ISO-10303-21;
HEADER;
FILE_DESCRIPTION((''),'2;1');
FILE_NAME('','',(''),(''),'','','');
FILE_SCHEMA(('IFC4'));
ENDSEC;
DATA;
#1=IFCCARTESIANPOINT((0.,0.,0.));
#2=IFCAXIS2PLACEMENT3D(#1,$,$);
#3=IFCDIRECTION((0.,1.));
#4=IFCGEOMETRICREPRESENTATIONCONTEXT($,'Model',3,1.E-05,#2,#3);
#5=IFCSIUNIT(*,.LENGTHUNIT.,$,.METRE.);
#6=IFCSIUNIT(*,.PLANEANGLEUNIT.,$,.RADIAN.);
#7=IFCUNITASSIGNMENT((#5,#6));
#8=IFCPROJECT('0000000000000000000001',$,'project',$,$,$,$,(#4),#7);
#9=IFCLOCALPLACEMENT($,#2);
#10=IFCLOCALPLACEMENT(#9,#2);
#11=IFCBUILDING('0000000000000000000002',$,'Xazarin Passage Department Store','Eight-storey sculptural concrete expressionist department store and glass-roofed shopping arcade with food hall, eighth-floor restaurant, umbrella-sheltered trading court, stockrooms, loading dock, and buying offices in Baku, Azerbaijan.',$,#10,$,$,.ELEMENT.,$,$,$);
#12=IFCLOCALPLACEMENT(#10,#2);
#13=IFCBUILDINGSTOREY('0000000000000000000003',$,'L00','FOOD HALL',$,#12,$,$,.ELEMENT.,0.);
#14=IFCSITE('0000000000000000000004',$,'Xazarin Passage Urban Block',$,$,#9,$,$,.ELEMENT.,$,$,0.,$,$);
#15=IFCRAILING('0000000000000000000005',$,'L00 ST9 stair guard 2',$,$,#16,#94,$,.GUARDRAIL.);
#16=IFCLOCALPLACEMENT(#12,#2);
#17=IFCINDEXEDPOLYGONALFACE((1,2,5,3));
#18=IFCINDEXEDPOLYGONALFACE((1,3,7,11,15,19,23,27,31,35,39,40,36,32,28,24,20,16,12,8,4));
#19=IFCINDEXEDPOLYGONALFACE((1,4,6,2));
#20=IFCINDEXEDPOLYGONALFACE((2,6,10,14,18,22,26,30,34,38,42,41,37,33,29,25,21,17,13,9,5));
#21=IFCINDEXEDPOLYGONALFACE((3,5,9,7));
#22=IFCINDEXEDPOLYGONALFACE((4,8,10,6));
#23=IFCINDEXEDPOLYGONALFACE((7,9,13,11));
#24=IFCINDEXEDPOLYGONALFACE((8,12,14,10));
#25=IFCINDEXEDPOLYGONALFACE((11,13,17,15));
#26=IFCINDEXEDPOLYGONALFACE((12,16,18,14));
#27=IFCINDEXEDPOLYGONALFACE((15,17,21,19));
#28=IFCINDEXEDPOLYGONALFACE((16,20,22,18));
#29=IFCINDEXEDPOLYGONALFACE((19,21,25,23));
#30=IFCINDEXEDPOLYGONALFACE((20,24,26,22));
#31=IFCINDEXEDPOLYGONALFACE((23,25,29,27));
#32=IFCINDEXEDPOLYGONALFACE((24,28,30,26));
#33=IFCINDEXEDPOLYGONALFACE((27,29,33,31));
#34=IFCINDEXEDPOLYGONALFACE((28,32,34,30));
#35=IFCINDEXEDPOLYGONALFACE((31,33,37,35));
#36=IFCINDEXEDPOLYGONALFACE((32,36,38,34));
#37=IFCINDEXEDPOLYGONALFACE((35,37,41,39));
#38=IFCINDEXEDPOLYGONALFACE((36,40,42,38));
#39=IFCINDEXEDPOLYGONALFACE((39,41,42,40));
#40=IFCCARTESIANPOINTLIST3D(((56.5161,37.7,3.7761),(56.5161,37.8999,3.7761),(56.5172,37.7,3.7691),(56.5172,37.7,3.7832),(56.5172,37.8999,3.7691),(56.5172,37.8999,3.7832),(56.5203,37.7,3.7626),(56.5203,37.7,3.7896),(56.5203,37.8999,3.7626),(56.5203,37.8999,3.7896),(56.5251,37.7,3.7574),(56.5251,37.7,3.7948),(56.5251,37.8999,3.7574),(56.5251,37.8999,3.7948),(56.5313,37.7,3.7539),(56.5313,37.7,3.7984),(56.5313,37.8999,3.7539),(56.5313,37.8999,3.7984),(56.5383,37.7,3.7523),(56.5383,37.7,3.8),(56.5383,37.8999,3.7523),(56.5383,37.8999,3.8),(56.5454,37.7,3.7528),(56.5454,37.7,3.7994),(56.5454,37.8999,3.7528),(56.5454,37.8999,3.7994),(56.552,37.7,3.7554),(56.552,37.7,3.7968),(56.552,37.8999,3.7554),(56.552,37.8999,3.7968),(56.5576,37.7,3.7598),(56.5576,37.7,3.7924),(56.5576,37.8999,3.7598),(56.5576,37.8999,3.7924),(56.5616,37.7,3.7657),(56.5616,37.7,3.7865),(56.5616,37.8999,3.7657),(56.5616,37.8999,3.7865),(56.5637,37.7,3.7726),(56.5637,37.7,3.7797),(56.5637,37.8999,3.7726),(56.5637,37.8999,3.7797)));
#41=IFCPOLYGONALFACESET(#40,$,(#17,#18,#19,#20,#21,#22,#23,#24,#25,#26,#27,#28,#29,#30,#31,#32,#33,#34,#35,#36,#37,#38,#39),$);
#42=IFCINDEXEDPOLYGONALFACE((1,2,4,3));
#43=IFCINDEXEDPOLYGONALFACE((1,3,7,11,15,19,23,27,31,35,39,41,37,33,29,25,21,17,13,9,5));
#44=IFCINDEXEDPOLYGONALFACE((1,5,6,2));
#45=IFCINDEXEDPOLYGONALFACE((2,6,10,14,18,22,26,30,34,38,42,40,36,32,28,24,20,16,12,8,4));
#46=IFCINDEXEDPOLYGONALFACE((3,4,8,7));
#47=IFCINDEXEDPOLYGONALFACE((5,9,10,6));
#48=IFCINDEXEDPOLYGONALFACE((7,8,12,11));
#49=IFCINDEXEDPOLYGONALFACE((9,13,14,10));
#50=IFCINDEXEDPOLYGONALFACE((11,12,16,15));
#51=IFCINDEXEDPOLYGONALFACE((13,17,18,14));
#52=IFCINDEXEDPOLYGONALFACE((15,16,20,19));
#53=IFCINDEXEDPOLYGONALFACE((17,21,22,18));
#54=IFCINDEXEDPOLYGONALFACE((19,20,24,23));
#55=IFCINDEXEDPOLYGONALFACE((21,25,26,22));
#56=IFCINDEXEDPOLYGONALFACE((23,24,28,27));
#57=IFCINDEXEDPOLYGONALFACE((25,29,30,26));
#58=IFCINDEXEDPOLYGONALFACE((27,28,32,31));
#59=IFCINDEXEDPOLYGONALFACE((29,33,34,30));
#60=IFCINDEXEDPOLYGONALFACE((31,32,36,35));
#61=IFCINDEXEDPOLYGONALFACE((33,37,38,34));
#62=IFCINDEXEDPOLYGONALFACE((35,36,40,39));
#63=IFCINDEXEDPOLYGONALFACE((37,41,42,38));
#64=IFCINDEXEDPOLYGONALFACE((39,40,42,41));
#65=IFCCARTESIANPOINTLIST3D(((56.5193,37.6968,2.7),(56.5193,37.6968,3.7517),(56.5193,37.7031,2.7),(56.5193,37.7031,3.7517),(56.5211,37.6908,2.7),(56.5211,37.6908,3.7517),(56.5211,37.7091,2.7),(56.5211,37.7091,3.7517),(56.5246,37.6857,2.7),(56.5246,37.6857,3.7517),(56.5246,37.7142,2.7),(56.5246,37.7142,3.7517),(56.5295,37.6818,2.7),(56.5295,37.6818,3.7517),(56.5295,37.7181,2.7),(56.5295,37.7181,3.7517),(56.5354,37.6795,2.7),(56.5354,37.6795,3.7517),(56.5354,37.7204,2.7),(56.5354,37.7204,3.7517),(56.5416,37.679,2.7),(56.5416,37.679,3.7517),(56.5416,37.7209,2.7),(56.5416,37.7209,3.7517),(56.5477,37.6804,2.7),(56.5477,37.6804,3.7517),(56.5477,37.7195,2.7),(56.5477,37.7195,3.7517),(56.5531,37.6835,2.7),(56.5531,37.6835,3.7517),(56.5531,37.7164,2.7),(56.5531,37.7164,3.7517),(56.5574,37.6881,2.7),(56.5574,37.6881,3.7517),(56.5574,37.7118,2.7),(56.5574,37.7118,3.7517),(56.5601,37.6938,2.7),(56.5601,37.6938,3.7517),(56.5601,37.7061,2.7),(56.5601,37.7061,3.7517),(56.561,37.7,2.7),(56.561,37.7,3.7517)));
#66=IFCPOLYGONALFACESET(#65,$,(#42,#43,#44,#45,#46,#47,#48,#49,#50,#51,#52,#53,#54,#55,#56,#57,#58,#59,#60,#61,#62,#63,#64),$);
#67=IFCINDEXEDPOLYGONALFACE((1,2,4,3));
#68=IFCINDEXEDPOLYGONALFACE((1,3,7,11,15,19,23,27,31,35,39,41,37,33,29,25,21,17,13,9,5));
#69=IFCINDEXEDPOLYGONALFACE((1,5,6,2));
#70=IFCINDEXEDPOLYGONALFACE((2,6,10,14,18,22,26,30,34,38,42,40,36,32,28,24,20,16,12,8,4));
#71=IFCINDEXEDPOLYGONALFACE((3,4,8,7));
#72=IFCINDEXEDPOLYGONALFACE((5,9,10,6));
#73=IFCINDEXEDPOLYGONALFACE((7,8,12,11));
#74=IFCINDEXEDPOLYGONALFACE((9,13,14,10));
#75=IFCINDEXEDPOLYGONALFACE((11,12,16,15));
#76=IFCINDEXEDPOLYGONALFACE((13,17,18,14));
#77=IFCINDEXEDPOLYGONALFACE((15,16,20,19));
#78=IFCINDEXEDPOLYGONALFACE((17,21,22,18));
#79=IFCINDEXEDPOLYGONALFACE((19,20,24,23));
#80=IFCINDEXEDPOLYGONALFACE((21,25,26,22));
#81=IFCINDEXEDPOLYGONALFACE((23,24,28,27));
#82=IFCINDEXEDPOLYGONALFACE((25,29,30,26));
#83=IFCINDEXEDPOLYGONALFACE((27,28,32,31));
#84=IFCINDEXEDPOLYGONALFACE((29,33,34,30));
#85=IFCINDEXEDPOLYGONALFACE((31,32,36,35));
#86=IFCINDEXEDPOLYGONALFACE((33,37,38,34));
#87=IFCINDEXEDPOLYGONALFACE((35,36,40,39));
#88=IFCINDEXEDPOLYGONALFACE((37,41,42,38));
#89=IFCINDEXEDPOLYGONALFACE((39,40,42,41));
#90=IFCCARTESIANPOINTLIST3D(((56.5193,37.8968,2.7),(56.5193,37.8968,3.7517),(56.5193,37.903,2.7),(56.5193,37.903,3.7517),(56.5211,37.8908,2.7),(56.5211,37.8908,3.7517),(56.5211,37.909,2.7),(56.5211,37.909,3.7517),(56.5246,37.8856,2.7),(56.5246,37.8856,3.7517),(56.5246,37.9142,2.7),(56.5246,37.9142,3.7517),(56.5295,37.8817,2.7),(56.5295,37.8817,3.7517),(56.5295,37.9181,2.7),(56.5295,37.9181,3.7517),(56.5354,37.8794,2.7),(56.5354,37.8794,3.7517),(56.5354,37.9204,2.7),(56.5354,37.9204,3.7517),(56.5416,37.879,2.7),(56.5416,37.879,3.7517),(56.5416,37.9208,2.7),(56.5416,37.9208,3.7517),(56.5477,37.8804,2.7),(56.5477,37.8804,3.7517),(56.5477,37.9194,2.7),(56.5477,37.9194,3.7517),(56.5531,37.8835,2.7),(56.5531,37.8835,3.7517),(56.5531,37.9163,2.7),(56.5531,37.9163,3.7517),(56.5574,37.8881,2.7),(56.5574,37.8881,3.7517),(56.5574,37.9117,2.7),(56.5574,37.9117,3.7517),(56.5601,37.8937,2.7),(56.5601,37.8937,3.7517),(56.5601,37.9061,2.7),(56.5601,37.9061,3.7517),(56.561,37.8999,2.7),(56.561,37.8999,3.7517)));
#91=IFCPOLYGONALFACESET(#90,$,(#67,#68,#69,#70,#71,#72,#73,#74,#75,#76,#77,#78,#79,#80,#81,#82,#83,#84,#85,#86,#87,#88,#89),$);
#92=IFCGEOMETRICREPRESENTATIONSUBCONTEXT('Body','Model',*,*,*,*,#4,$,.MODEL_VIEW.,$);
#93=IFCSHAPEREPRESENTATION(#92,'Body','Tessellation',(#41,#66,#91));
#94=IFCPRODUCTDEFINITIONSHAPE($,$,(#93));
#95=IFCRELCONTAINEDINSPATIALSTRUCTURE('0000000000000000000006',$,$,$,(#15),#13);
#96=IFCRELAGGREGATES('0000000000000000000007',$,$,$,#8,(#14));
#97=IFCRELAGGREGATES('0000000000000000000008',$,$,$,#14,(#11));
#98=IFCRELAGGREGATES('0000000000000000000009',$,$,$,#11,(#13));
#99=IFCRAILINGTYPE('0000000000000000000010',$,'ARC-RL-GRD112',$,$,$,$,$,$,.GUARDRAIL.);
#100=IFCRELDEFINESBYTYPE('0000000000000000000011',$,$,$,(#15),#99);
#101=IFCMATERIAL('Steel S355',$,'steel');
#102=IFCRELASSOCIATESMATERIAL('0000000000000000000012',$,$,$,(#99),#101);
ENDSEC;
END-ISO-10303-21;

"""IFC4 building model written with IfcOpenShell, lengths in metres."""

from ifc_helpers import new_model, si_unit, direction, frame, origin, origin_2d, place, context, subcontext, project, spatial, circle, extrude, material, type_object, element, save


model = new_model("IFC4")

# Units and contexts
model_context = context("Model", 3, precision=1e-05, world=origin(), true_north=direction((0.0, 1.0)))
body_context = subcontext(model_context, "Body", "Model", "MODEL_VIEW")
ifc_project = project(units=[si_unit("LENGTHUNIT", "METRE"), si_unit("PLANEANGLEUNIT", "RADIAN")], contexts=[model_context])

# Site, building, storey
site_placement = place(None, origin())
site = spatial("IfcSite", under=ifc_project, at=site_placement, Name="Xazarin Passage Urban Block", CompositionType="ELEMENT", RefElevation=0.0)
building_placement = place(site_placement, origin())
building = spatial("IfcBuilding", under=site, at=building_placement, Name="Xazarin Passage Department Store", Description="Eight-storey sculptural concrete expressionist department store and glass-roofed shopping arcade with food hall, eighth-floor restaurant, umbrella-sheltered trading court, stockrooms, loading dock, and buying offices in Baku, Azerbaijan.", CompositionType="ELEMENT")
storey_placement = place(building_placement, origin())
storey = spatial("IfcBuildingStorey", under=building, at=storey_placement, Name="L00", Description="FOOD HALL", CompositionType="ELEMENT", Elevation=0.0)

# Shared definitions
ifc_material_1 = material(Name="Steel S355", Category="steel")

# Railing
railing_type_1 = type_object("IfcRailingType", Name="ARC-RL-GRD112", PredefinedType="GUARDRAIL", material=ifc_material_1)
railing_1_placement = place(storey_placement, frame((56.54, 37.7, 2.7)))
element("IfcRailing", 1, at=railing_1_placement, inside=storey, type_object=railing_type_1, Name="L00 ST9 stair guard 2", PredefinedType="GUARDRAIL", context=body_context, shape_type="SweptSolid", body=[
    extrude(circle(Radius=0.0239, at=origin_2d()), frame((0.0, 0.0, 1.0762), z_axis=(0.0, 1.0, 0.0), x_axis=(-1.0, 0.0, 0.0)), (0.0, 0.0, 1.0), 0.2),
    extrude(circle(Radius=0.021, at=origin_2d()), origin(), (0.0, 0.0, 1.0), 1.0518),
    extrude(circle(Radius=0.021, at=origin_2d()), frame((0.0, 0.2, 0.0)), (0.0, 0.0, 1.0), 1.0518),
])

save(model, "model.ifc")
